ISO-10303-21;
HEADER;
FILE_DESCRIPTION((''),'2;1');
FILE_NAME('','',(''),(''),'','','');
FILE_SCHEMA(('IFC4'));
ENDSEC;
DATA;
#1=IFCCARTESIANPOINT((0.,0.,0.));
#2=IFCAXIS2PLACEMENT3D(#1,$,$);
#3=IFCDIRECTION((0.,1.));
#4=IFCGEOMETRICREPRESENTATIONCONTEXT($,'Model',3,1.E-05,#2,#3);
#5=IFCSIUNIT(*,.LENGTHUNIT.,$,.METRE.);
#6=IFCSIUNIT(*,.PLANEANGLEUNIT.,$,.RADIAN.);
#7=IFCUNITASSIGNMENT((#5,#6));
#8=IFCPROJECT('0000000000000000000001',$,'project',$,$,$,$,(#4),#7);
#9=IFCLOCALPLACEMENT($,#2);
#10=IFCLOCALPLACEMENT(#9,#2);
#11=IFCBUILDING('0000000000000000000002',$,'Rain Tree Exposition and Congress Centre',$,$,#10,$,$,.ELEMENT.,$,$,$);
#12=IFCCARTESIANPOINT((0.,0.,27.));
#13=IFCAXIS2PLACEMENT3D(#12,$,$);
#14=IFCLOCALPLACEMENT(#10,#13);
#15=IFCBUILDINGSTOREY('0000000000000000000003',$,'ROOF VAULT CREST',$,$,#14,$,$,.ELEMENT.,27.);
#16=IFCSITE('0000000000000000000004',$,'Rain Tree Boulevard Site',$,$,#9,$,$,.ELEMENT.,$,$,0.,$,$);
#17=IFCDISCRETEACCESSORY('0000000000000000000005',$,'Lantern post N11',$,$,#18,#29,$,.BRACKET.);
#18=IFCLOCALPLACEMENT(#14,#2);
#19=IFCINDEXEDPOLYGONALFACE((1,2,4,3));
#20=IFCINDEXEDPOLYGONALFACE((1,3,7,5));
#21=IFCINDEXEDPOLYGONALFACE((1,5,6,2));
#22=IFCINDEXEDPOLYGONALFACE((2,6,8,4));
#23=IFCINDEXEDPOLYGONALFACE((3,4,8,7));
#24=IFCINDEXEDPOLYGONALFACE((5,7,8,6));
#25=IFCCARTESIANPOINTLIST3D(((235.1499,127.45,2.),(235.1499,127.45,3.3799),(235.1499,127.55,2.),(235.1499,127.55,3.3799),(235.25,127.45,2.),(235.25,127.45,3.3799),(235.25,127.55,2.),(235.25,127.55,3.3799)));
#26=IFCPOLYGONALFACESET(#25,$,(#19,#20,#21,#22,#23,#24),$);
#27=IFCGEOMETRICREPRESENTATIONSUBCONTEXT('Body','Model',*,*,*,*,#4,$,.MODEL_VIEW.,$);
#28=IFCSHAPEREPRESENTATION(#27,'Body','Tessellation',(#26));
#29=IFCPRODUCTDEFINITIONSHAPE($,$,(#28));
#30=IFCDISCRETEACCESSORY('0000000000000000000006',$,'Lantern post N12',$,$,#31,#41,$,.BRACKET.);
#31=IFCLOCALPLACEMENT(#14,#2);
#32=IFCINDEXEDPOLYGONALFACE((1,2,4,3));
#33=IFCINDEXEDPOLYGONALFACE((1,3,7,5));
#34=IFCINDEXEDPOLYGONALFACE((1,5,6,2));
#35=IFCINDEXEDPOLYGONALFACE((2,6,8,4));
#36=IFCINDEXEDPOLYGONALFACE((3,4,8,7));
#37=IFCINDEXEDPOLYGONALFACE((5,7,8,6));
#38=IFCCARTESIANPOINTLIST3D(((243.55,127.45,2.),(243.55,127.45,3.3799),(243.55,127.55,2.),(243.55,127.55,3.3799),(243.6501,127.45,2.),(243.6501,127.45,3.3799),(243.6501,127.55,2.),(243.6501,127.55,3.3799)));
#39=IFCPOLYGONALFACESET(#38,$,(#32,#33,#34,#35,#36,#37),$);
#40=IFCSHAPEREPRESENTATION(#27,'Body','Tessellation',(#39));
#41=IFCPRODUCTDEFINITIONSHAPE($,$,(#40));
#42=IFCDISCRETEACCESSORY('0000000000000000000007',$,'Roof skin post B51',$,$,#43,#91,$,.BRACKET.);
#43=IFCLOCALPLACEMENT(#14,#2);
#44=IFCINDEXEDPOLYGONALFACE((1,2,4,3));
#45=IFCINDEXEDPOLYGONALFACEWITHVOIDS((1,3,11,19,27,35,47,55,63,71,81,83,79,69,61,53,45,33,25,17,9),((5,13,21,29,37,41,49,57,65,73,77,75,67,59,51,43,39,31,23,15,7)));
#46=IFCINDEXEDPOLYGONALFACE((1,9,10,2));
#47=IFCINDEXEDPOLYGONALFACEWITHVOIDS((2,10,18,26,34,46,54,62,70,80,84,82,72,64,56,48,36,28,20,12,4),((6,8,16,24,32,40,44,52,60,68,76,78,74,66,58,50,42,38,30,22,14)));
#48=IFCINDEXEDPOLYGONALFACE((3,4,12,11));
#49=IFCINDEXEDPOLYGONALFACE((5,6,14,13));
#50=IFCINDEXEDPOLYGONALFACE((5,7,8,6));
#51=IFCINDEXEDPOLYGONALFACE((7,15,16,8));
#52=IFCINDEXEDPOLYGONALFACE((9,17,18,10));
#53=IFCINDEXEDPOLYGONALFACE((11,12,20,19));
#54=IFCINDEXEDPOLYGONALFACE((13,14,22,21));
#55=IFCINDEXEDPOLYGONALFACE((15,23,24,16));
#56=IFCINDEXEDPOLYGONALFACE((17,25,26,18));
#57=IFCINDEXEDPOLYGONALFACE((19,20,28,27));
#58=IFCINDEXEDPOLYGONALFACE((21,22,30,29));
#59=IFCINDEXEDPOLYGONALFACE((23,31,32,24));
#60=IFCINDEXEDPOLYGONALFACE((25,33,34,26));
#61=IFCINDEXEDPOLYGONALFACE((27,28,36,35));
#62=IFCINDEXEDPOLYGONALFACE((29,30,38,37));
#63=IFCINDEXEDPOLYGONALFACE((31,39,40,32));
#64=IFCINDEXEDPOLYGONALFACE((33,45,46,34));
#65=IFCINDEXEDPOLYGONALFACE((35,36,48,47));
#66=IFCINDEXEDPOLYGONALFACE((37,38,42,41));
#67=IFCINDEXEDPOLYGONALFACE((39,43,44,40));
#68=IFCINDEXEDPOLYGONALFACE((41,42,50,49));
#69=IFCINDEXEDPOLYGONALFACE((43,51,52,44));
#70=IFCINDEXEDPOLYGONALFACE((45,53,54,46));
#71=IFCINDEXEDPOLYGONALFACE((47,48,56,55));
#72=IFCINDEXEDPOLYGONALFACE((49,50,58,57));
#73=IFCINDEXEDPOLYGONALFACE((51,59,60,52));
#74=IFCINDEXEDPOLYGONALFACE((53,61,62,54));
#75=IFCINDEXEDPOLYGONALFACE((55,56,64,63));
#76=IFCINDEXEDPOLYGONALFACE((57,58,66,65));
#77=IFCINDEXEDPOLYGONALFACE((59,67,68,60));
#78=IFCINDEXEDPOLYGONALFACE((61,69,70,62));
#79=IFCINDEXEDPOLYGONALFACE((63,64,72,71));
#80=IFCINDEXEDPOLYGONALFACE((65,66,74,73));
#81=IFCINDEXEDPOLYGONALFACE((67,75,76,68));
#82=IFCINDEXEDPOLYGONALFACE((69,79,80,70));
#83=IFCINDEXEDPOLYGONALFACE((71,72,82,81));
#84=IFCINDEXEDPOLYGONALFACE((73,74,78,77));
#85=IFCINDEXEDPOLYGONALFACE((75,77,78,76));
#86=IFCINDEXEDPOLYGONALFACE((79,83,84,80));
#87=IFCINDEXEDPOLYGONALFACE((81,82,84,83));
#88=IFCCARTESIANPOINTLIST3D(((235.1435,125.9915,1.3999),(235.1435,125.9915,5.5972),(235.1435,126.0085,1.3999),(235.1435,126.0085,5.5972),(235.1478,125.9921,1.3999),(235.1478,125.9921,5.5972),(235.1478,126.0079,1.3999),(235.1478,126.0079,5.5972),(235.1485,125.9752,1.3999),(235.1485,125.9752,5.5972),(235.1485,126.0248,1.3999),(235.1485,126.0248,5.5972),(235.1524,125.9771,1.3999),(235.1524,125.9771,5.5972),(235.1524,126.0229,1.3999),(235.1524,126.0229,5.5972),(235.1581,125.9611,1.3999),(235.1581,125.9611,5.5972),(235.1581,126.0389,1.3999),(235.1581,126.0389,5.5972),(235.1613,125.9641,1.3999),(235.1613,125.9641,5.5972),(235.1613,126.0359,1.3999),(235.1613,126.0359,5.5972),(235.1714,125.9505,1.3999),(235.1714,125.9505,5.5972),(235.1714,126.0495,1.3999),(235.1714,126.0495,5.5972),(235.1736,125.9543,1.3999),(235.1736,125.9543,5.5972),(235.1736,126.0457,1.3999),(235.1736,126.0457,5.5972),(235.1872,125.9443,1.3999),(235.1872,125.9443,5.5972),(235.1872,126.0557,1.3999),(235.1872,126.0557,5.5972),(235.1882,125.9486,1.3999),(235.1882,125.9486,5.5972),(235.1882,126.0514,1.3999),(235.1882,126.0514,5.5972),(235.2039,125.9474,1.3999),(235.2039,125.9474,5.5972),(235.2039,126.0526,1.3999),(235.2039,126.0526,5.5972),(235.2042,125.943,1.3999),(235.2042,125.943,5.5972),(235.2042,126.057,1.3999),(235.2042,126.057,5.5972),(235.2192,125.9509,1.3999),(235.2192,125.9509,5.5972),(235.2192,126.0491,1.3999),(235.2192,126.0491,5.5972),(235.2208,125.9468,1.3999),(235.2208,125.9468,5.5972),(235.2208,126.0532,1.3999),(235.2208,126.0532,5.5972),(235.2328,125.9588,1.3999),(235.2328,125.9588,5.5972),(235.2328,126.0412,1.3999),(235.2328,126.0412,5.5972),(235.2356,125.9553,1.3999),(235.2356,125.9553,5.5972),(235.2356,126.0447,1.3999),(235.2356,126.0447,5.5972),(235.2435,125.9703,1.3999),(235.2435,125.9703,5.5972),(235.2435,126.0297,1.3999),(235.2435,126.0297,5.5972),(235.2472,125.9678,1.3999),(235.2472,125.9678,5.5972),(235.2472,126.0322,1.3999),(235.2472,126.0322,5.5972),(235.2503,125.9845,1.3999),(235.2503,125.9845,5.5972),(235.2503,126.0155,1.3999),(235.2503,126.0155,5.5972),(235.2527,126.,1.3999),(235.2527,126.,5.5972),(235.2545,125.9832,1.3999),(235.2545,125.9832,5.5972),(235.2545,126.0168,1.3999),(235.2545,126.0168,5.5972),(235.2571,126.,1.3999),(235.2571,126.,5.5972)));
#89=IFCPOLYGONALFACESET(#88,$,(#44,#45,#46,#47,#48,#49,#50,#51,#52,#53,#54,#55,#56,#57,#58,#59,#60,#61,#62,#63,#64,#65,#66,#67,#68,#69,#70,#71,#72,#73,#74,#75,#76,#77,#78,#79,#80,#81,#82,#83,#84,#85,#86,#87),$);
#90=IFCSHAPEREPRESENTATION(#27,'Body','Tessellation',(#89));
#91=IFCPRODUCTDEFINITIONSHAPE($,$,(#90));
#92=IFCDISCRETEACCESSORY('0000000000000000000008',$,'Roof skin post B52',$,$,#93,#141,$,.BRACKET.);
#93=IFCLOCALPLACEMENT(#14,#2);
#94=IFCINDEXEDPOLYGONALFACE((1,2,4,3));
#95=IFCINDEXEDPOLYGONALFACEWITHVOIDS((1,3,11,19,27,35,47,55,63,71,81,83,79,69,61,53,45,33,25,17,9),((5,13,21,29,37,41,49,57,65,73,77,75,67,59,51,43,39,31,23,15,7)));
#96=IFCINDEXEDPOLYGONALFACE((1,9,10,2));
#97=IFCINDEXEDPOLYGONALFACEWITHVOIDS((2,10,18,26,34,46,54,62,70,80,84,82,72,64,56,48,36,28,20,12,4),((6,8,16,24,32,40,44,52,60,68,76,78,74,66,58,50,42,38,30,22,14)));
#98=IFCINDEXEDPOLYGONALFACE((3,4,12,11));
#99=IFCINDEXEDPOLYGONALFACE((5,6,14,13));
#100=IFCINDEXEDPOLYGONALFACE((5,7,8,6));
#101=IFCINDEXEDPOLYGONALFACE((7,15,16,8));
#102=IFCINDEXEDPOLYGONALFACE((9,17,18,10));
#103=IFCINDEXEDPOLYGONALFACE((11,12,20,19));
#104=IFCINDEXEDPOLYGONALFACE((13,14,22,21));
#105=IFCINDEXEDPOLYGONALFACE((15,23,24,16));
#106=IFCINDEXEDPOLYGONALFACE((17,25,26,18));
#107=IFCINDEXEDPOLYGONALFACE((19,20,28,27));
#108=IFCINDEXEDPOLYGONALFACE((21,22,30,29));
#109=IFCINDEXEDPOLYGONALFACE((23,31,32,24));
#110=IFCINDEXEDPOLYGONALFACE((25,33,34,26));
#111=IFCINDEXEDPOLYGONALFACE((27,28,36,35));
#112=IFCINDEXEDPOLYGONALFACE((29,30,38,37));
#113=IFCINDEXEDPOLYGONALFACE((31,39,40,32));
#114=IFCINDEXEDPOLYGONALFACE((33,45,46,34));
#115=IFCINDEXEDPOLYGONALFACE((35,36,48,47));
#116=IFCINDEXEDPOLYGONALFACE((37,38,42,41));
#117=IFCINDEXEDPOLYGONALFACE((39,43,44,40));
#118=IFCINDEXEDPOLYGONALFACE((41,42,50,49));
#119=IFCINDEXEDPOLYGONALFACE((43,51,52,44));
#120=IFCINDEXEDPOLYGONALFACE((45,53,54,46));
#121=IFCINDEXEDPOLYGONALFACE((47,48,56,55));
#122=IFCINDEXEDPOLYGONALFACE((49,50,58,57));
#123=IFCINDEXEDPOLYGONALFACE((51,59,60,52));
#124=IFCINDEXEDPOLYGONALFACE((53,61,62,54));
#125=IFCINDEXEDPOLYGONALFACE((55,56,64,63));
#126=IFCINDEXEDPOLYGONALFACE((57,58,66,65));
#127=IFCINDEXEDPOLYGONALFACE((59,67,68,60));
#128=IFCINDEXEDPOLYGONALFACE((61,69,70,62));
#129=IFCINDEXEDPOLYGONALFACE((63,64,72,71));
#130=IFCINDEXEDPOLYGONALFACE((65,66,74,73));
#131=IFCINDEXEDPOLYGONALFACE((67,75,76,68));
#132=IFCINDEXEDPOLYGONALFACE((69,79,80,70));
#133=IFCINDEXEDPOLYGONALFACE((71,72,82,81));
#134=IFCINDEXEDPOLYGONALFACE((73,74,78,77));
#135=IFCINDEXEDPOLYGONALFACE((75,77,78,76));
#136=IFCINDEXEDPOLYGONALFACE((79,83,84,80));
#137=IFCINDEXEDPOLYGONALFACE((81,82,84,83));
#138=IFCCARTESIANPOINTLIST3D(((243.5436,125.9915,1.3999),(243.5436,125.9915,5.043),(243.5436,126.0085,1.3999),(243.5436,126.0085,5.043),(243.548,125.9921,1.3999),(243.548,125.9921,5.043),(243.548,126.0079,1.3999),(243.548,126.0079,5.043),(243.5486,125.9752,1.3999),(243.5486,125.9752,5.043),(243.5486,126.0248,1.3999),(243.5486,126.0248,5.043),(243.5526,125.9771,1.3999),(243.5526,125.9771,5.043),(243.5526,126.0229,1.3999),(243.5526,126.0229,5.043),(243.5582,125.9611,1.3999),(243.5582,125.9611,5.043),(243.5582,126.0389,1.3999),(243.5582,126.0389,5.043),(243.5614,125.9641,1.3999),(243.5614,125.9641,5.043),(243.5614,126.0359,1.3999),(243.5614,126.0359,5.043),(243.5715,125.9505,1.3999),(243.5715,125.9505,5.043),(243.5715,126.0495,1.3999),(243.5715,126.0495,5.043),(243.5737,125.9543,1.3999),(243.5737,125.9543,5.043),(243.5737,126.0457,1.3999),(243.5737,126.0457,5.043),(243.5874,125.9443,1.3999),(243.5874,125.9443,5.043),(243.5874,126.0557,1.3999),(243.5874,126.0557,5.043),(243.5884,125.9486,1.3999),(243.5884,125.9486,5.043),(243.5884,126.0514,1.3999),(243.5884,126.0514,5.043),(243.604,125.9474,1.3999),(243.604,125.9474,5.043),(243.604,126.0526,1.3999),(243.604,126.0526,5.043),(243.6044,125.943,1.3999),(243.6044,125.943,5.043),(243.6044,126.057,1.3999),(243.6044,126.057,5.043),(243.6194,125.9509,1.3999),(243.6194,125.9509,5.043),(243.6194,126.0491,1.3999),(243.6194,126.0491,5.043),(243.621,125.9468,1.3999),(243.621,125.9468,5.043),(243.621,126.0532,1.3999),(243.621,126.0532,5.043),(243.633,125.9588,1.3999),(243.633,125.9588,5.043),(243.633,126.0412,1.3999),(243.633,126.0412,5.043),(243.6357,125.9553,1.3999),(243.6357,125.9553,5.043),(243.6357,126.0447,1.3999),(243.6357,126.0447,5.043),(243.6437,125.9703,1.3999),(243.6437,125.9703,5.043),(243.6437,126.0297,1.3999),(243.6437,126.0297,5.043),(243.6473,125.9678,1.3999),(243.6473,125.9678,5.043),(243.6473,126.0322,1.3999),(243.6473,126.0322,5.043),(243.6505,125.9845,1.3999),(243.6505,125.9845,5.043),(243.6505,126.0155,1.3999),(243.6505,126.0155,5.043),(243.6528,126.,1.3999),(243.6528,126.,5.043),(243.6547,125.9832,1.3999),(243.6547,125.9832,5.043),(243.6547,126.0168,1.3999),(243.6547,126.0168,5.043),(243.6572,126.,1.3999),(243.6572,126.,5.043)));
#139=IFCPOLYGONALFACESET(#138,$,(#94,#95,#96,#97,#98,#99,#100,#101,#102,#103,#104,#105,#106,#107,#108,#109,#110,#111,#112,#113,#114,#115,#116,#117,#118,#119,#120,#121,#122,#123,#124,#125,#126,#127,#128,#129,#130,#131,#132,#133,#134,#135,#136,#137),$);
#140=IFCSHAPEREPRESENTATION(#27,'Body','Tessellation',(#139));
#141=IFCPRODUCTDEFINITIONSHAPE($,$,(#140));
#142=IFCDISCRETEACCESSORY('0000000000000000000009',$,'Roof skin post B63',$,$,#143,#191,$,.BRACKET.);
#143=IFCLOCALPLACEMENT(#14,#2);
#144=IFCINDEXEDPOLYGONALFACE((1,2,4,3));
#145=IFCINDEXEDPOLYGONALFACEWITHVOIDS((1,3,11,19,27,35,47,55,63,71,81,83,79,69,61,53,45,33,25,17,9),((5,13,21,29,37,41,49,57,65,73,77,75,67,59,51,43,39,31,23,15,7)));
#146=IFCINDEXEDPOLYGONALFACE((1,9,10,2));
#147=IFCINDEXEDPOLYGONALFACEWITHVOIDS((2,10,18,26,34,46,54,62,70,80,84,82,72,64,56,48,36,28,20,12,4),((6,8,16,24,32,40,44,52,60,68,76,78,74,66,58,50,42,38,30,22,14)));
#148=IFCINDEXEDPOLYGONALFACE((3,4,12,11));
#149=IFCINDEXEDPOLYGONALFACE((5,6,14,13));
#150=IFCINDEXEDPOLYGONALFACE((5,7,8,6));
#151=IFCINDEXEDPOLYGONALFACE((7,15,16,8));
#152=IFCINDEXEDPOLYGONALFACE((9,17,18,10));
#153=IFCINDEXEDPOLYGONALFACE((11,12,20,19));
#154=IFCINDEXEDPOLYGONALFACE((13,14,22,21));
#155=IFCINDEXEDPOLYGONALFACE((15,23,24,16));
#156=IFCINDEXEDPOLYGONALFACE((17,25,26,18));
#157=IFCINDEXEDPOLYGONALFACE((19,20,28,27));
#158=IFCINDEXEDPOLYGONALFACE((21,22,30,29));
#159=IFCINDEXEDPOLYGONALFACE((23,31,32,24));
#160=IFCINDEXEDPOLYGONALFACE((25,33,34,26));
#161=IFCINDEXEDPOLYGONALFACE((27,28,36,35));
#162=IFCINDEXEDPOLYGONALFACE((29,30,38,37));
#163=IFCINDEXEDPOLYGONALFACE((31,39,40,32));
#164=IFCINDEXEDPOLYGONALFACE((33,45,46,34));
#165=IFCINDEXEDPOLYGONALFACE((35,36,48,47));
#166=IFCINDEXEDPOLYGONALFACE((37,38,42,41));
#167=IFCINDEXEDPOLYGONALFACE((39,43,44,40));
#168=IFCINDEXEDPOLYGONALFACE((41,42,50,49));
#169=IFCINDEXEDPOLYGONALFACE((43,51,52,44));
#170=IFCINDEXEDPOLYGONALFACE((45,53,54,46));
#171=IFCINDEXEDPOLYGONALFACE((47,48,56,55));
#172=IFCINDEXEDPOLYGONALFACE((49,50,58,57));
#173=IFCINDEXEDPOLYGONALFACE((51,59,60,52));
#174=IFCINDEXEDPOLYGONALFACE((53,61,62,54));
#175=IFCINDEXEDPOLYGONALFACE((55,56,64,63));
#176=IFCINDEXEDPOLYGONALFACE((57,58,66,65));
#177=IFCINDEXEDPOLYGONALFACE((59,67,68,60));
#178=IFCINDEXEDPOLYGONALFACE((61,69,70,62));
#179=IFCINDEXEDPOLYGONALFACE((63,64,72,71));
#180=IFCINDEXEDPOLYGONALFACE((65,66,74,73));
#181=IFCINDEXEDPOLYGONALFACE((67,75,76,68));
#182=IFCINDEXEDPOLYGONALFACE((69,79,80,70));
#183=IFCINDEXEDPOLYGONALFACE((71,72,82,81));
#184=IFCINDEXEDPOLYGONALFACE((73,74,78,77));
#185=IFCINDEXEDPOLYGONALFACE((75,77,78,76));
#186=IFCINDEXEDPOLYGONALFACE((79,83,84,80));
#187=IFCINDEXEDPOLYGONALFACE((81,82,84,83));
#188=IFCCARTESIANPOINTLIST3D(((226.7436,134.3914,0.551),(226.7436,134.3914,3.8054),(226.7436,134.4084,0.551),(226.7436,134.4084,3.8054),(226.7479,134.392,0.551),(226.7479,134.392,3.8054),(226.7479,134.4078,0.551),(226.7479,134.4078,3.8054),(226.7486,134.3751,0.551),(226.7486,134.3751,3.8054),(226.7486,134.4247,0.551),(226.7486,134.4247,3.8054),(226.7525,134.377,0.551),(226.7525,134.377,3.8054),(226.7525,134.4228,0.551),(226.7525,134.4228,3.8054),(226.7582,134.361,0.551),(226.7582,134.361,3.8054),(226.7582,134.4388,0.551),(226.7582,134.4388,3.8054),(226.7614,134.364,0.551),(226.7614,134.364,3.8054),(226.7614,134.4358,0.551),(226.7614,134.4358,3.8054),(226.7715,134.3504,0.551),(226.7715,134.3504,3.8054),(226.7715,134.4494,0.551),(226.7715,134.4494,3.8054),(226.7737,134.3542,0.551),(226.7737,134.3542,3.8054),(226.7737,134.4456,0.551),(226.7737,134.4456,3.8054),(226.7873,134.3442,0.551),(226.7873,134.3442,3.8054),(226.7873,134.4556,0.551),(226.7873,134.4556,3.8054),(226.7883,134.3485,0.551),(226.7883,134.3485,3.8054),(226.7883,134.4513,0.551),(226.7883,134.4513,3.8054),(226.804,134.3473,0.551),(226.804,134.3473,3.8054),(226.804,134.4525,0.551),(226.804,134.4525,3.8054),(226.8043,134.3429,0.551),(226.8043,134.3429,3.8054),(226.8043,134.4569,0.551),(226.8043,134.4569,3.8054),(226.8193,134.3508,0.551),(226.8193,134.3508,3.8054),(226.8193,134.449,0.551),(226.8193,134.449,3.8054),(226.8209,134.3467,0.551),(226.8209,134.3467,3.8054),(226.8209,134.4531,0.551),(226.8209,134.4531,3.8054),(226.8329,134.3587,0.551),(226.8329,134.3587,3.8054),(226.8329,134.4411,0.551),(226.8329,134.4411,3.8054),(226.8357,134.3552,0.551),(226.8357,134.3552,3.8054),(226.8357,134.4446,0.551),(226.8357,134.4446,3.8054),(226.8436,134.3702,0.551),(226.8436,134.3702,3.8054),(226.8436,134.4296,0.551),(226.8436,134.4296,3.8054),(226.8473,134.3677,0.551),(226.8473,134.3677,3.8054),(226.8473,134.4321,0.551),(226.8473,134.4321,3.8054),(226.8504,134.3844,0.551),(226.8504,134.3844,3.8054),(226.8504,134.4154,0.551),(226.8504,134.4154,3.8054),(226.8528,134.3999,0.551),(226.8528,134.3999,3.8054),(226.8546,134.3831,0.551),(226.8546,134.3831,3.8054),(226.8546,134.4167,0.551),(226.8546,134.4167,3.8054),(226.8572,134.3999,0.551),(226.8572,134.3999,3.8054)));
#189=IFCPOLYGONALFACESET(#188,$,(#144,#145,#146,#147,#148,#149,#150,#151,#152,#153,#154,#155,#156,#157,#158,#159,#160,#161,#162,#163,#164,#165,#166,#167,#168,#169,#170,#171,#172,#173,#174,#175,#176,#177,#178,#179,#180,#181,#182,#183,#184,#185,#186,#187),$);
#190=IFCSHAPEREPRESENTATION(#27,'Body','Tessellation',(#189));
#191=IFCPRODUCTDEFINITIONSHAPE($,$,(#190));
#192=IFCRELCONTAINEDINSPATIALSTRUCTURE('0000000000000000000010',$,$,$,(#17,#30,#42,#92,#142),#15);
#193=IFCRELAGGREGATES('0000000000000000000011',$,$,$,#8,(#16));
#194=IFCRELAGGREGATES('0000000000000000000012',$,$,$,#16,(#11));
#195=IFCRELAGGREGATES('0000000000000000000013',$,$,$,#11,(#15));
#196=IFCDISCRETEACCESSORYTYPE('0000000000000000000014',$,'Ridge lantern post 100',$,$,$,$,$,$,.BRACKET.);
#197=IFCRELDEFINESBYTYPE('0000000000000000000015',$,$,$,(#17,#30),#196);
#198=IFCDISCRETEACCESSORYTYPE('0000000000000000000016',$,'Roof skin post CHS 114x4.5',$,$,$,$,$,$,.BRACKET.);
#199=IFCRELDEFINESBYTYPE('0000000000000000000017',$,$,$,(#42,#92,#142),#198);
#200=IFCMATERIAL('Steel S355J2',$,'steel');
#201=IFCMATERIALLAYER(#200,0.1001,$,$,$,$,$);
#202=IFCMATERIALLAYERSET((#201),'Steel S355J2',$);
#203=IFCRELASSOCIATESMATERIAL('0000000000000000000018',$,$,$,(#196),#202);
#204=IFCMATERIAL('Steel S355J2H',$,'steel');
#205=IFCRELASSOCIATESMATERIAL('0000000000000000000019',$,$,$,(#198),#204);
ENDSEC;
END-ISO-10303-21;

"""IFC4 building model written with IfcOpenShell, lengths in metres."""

from ifc_helpers import new_model, si_unit, direction, frame, origin, origin_2d, place, context, subcontext, project, spatial, rectangle, hollow_circle, extrude, material, layer, layer_set, material_profile, profile_set, type_object, element, save


model = new_model("IFC4")

# Units and contexts
model_context = context("Model", 3, precision=1e-05, world=origin(), true_north=direction((0.0, 1.0)))
body_context = subcontext(model_context, "Body", "Model", "MODEL_VIEW")
ifc_project = project(units=[si_unit("LENGTHUNIT", "METRE"), si_unit("PLANEANGLEUNIT", "RADIAN")], contexts=[model_context])

# Site, building, storey
site_placement = place(None, origin())
site = spatial("IfcSite", under=ifc_project, at=site_placement, Name="Rain Tree Boulevard Site", CompositionType="ELEMENT", RefElevation=0.0)
building_placement = place(site_placement, origin())
building = spatial("IfcBuilding", under=site, at=building_placement, Name="Rain Tree Exposition and Congress Centre", CompositionType="ELEMENT")
storey_placement = place(building_placement, frame((0.0, 0.0, 27.0)))
storey = spatial("IfcBuildingStorey", under=building, at=storey_placement, Name="ROOF VAULT CREST", CompositionType="ELEMENT", Elevation=27.0)

# Discrete accessories
ifc_material_1 = material(Name="Steel S355J2", Category="steel")
ifc_layer_1 = layer(ifc_material_1, 0.1001)
ifc_layer_set_1 = layer_set([ifc_layer_1], Name="Steel S355J2")
discrete_accessory_type_1 = type_object("IfcDiscreteAccessoryType", Name="Ridge lantern post 100", PredefinedType="BRACKET", material=ifc_layer_set_1)
for number, where, z_axis, x_axis, name in (
    (1, (235.2, 127.5, 2.0), (0.0, 0.0, 1.0), (1.0, 0.0, 0.0), "Lantern post N11"),
    (2, (243.6001, 127.5, 2.0), (0.0, 0.0, 1.0), (1.0, 0.0, 0.0), "Lantern post N12"),
):
    element("IfcDiscreteAccessory", number, at=place(storey_placement, frame(where, z_axis=z_axis, x_axis=x_axis)), inside=storey, type_object=discrete_accessory_type_1, Name=name, PredefinedType="BRACKET", context=body_context, shape_type="SweptSolid", body=[
        extrude(rectangle(XDim=0.1001, YDim=0.1001, at=origin_2d()), origin(), (0.0, 0.0, 1.0), 1.3799),
    ])
ifc_material_2 = material(Name="Steel S355J2H", Category="steel")
ifc_material_profile_1 = material_profile(ifc_material_2, hollow_circle(Radius=0.0571, WallThickness=0.0044, at=origin_2d()), Name="CHS 114x4.5")
ifc_profile_set_1 = profile_set([ifc_material_profile_1], Name="Steel S355J2H")
discrete_accessory_type_2 = type_object("IfcDiscreteAccessoryType", Name="Roof skin post CHS 114x4.5", PredefinedType="BRACKET", material=ifc_profile_set_1)
discrete_accessory_1_placement = place(storey_placement, frame((235.2, 126.0, 1.3999), z_axis=(0.0, 0.0, 1.0), x_axis=(1.0, 0.0, 0.0)))
element("IfcDiscreteAccessory", 3, at=discrete_accessory_1_placement, inside=storey, type_object=discrete_accessory_type_2, Name="Roof skin post B51", PredefinedType="BRACKET", context=body_context, shape_type="SweptSolid", body=[
    extrude(hollow_circle(Radius=0.0571, WallThickness=0.0044, at=origin_2d()), origin(), (0.0, 0.0, 1.0), 4.1973),
])
discrete_accessory_2_placement = place(storey_placement, frame((243.6001, 126.0, 1.3999), z_axis=(0.0, 0.0, 1.0), x_axis=(1.0, 0.0, 0.0)))
element("IfcDiscreteAccessory", 4, at=discrete_accessory_2_placement, inside=storey, type_object=discrete_accessory_type_2, Name="Roof skin post B52", PredefinedType="BRACKET", context=body_context, shape_type="SweptSolid", body=[
    extrude(hollow_circle(Radius=0.0571, WallThickness=0.0044, at=origin_2d()), origin(), (0.0, 0.0, 1.0), 3.6431),
])
discrete_accessory_3_placement = place(storey_placement, frame((226.8, 134.3999, 0.551), z_axis=(0.0, 0.0, 1.0), x_axis=(1.0, 0.0, 0.0)))
element("IfcDiscreteAccessory", 5, at=discrete_accessory_3_placement, inside=storey, type_object=discrete_accessory_type_2, Name="Roof skin post B63", PredefinedType="BRACKET", context=body_context, shape_type="SweptSolid", body=[
    extrude(hollow_circle(Radius=0.0571, WallThickness=0.0044, at=origin_2d()), origin(), (0.0, 0.0, 1.0), 3.2544),
])

save(model, "model.ifc")
